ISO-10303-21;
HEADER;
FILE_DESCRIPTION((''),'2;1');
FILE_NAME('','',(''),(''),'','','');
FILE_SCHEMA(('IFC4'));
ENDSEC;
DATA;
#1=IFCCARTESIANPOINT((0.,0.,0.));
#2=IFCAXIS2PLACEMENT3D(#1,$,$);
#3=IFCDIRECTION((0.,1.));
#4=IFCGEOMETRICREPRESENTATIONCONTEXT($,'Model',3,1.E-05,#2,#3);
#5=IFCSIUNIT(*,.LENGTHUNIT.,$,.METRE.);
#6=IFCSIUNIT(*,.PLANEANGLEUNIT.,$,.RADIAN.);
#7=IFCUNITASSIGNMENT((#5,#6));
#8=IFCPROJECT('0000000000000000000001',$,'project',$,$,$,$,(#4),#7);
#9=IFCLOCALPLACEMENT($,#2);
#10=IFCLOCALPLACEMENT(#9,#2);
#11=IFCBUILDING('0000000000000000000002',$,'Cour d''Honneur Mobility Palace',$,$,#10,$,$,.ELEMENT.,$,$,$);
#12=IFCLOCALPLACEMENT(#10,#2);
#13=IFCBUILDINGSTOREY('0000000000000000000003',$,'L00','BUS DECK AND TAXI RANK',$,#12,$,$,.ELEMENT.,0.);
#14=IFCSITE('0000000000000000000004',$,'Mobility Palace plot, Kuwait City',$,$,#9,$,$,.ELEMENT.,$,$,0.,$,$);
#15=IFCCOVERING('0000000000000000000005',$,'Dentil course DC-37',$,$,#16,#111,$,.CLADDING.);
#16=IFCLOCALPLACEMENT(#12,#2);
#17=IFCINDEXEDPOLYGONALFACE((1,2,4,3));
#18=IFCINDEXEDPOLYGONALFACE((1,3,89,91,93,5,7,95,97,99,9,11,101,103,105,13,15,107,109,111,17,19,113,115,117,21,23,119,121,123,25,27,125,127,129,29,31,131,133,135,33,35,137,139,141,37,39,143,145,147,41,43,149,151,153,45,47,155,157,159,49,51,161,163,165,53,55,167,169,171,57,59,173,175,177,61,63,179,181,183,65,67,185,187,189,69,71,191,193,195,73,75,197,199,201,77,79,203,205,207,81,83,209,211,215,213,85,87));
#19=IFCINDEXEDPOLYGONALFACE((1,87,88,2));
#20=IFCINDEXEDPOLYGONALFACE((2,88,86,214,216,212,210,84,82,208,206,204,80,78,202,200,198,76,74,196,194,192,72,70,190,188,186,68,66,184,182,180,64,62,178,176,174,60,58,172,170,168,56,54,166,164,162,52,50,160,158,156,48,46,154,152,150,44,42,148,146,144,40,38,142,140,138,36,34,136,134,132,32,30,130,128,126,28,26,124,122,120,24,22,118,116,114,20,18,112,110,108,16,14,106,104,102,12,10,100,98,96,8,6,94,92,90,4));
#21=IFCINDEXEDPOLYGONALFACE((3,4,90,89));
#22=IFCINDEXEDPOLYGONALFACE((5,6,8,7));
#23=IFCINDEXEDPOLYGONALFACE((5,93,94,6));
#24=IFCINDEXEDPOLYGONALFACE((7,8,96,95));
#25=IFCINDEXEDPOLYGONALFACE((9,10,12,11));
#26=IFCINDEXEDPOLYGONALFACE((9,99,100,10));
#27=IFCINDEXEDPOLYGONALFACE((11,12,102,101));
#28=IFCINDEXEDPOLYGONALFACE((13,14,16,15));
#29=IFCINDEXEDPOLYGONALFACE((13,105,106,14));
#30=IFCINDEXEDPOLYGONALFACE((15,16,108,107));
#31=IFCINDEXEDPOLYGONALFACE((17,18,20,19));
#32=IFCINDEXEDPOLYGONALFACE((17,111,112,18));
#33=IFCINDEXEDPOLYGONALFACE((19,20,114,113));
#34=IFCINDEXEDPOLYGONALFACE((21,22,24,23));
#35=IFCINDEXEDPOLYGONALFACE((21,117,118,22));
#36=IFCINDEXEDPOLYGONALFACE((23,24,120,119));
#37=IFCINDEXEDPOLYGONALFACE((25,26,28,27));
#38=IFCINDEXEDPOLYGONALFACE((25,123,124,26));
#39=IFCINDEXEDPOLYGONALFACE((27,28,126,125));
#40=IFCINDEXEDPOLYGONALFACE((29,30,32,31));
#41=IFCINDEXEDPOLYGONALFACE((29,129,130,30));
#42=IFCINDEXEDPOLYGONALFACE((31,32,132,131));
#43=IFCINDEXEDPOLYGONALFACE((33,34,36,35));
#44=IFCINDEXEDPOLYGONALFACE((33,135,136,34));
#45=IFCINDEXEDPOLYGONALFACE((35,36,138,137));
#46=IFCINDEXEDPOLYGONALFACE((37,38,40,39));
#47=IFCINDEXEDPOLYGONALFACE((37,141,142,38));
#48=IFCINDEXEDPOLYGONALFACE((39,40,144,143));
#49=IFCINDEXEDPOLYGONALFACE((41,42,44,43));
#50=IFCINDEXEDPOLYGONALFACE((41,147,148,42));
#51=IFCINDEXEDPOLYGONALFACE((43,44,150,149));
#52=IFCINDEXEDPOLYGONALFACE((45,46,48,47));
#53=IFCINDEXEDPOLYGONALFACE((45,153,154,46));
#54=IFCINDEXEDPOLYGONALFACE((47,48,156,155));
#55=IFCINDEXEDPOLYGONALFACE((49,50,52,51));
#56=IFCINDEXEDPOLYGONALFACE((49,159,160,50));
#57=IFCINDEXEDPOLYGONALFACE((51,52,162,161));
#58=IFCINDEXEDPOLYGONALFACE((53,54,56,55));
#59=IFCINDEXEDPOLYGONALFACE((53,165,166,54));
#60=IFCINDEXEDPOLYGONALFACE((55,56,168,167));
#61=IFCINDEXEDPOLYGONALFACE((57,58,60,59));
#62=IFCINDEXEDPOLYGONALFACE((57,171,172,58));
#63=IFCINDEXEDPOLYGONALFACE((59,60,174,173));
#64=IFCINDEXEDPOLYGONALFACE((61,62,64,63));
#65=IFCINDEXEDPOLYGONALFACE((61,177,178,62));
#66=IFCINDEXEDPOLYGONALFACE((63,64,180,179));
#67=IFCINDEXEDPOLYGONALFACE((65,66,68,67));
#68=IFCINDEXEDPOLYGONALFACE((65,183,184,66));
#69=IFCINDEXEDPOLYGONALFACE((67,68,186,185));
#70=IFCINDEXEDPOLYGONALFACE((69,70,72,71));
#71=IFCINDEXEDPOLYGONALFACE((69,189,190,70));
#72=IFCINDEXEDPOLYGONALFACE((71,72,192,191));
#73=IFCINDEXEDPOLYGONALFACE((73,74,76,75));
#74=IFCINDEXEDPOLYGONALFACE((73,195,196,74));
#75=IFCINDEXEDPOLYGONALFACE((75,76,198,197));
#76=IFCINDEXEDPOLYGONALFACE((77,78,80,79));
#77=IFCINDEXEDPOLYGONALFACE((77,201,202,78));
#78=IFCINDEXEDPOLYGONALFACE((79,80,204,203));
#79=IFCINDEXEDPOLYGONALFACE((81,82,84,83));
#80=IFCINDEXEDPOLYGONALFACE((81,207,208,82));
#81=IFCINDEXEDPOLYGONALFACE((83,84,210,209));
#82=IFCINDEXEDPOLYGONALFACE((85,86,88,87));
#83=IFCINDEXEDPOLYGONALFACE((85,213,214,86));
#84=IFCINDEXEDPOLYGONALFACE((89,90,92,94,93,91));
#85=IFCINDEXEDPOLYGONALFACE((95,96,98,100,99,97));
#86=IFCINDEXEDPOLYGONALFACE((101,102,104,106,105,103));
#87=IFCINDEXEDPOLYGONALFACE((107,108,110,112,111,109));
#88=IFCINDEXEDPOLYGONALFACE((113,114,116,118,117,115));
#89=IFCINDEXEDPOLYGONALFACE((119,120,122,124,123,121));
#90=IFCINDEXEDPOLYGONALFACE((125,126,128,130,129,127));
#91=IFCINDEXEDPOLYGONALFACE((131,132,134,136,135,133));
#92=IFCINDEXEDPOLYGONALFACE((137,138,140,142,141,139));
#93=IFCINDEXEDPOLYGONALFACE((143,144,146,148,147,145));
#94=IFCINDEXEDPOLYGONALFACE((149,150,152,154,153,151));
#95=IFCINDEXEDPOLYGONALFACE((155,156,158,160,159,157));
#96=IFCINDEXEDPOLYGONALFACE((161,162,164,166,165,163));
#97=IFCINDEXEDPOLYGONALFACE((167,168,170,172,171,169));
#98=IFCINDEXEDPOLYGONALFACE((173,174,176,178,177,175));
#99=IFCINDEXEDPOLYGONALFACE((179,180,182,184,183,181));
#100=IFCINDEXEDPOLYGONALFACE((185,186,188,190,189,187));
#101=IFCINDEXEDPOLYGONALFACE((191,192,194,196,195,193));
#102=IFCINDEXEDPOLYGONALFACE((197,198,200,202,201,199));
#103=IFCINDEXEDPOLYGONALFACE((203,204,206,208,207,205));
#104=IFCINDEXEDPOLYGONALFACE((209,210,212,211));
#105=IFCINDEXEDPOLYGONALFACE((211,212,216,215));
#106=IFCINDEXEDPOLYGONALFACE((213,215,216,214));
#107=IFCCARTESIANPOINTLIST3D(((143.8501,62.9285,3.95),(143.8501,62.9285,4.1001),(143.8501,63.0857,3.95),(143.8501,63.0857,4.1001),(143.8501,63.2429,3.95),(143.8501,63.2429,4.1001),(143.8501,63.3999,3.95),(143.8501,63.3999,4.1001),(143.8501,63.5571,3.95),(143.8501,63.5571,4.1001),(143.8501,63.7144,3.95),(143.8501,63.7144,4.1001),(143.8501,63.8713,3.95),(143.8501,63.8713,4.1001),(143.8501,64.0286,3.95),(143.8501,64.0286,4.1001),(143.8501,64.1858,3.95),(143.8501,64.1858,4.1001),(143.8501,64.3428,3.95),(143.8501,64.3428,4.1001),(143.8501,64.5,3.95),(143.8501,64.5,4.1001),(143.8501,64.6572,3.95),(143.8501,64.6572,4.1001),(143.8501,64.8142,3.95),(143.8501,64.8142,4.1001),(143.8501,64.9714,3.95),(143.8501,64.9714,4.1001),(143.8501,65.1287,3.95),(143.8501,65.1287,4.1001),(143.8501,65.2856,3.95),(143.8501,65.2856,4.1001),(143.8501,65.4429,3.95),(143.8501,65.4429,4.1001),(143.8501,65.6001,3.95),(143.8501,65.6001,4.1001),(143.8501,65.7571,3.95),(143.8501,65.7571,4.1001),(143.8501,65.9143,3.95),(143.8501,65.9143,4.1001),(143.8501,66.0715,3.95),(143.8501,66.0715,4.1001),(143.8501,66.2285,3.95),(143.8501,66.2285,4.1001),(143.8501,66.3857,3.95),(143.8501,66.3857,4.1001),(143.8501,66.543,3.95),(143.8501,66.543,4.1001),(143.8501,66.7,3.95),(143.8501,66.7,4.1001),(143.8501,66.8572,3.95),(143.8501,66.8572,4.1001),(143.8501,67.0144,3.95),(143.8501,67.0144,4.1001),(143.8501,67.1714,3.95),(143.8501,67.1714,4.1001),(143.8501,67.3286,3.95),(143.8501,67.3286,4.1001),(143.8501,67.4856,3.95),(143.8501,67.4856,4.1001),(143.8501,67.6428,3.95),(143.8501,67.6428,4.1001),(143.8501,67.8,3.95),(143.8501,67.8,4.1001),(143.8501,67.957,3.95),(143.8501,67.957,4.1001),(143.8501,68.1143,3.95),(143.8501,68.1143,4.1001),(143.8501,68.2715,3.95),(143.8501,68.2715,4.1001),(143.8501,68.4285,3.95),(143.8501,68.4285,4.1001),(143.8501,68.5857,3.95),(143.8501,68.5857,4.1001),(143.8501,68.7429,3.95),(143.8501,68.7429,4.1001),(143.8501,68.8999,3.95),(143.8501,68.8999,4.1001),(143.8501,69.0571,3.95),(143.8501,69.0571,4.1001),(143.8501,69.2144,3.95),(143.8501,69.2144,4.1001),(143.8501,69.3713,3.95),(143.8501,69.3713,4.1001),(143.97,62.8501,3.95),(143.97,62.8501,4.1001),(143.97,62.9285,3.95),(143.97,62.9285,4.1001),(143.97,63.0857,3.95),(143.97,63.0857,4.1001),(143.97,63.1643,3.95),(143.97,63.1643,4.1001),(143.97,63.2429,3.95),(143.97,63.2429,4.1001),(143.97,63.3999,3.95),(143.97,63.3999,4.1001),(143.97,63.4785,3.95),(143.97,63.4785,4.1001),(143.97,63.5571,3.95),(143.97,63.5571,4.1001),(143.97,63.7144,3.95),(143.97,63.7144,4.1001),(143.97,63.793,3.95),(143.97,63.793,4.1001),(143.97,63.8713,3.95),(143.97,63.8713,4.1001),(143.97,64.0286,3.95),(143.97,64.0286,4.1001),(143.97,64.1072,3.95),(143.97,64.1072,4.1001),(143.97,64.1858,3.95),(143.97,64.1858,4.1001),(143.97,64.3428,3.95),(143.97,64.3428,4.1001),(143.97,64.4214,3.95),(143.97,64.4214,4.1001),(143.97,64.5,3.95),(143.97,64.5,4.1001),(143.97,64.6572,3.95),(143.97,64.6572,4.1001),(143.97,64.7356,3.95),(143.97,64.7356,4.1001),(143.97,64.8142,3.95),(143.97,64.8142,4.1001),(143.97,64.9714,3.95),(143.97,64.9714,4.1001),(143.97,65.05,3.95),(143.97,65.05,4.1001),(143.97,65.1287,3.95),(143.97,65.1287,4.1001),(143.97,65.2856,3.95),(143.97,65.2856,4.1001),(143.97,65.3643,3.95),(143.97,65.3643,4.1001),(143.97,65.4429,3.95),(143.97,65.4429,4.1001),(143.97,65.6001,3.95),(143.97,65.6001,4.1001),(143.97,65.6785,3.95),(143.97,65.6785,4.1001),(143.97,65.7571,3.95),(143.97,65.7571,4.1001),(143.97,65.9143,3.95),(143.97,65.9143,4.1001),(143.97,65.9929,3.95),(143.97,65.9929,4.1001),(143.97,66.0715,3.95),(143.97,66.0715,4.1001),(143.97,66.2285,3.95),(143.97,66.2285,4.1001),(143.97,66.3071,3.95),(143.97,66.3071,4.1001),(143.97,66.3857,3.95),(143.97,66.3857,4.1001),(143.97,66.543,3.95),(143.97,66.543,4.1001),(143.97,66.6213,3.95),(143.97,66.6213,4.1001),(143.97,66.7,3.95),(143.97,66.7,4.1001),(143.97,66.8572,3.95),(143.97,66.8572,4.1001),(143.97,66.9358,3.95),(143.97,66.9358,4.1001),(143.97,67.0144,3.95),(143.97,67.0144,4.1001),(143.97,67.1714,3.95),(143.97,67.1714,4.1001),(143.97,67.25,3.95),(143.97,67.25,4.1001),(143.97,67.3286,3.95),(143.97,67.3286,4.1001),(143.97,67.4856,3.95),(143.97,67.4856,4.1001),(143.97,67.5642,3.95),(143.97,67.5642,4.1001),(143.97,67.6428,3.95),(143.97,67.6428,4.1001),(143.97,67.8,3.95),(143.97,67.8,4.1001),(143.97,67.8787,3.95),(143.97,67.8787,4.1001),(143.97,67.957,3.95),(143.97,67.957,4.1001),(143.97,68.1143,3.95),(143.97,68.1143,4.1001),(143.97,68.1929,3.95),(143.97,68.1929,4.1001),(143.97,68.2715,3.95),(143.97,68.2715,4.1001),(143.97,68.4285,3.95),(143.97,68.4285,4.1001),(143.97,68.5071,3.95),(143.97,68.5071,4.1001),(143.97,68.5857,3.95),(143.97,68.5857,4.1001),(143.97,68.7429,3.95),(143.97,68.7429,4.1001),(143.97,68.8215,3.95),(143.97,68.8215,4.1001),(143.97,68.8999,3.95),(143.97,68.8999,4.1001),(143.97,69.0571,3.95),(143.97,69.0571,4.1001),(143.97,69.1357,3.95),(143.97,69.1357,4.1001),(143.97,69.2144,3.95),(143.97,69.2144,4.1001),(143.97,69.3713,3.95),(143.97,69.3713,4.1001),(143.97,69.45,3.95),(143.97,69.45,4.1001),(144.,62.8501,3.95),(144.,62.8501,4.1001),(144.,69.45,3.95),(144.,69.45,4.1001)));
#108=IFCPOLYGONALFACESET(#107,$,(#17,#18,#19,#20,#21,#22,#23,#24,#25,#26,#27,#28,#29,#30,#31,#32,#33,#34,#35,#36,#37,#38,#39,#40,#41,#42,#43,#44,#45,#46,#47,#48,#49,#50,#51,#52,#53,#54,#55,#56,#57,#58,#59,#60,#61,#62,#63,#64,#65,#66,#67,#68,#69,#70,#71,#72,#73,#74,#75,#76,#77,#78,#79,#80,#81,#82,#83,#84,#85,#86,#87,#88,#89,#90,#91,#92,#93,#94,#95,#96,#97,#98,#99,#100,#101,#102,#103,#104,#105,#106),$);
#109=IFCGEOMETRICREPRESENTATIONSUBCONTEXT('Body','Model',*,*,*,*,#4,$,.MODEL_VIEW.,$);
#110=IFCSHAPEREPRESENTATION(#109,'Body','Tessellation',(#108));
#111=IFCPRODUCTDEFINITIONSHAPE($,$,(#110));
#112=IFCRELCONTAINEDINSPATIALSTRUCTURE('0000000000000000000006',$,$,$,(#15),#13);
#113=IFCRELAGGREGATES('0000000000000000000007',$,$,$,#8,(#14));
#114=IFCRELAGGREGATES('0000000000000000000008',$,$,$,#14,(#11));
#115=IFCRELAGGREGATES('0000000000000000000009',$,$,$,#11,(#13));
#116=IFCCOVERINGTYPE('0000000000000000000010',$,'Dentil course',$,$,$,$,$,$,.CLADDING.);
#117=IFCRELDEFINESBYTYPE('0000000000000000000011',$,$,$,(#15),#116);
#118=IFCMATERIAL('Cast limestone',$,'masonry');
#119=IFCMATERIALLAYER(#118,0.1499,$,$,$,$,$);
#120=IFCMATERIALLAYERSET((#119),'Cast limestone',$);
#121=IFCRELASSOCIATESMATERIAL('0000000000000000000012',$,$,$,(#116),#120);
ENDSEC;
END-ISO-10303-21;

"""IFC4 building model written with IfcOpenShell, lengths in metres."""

from ifc_helpers import new_model, si_unit, direction, frame, origin, place, context, subcontext, project, spatial, polyline, outline, extrude, material, layer, layer_set, type_object, element, save


model = new_model("IFC4")

# Units and contexts
model_context = context("Model", 3, precision=1e-05, world=origin(), true_north=direction((0.0, 1.0)))
body_context = subcontext(model_context, "Body", "Model", "MODEL_VIEW")
ifc_project = project(units=[si_unit("LENGTHUNIT", "METRE"), si_unit("PLANEANGLEUNIT", "RADIAN")], contexts=[model_context])

# Site, building, storey
site_placement = place(None, origin())
site = spatial("IfcSite", under=ifc_project, at=site_placement, Name="Mobility Palace plot, Kuwait City", CompositionType="ELEMENT", RefElevation=0.0)
building_placement = place(site_placement, origin())
building = spatial("IfcBuilding", under=site, at=building_placement, Name="Cour d'Honneur Mobility Palace", CompositionType="ELEMENT")
storey_placement = place(building_placement, origin())
storey = spatial("IfcBuildingStorey", under=building, at=storey_placement, Name="L00", Description="BUS DECK AND TAXI RANK", CompositionType="ELEMENT", Elevation=0.0)

# Covering
ifc_material = material(Name="Cast limestone", Category="masonry")
ifc_layer = layer(ifc_material, 0.1499)
ifc_layer_set = layer_set([ifc_layer], Name="Cast limestone")
covering_type = type_object("IfcCoveringType", Name="Dentil course", PredefinedType="CLADDING", material=ifc_layer_set)
covering_1_placement = place(storey_placement, frame((0.0, 0.0, 3.95)))
element("IfcCovering", 1, at=covering_1_placement, inside=storey, type_object=covering_type, Name="Dentil course DC-37", PredefinedType="CLADDING", context=body_context, shape_type="SweptSolid", body=[
    extrude(outline(polyline([(144.0, 69.45), (144.0, 62.8501), (143.97, 62.8501), (143.97, 62.8501), (143.97, 62.9285), (143.8501, 62.9285), (143.8501, 63.0857), (143.97, 63.0857), (143.97, 63.1643), (143.97, 63.1643), (143.97, 63.2429), (143.8501, 63.2429), (143.8501, 63.3999), (143.97, 63.3999), (143.97, 63.4785), (143.97, 63.4785), (143.97, 63.5571), (143.8501, 63.5571), (143.8501, 63.7144), (143.97, 63.7144), (143.97, 63.793), (143.97, 63.793), (143.97, 63.8713), (143.8501, 63.8713), (143.8501, 64.0286), (143.97, 64.0286), (143.97, 64.1072), (143.97, 64.1072), (143.97, 64.1858), (143.8501, 64.1858), (143.8501, 64.3428), (143.97, 64.3428), (143.97, 64.4214), (143.97, 64.4214), (143.97, 64.5), (143.8501, 64.5), (143.8501, 64.6572), (143.97, 64.6572), (143.97, 64.7356), (143.97, 64.7356), (143.97, 64.8142), (143.8501, 64.8142), (143.8501, 64.9714), (143.97, 64.9714), (143.97, 65.05), (143.97, 65.05), (143.97, 65.1287), (143.8501, 65.1287), (143.8501, 65.2856), (143.97, 65.2856), (143.97, 65.3643), (143.97, 65.3643), (143.97, 65.4429), (143.8501, 65.4429), (143.8501, 65.6001), (143.97, 65.6001), (143.97, 65.6785), (143.97, 65.6785), (143.97, 65.7571), (143.8501, 65.7571), (143.8501, 65.9143), (143.97, 65.9143), (143.97, 65.9929), (143.97, 65.9929), (143.97, 66.0715), (143.8501, 66.0715), (143.8501, 66.2285), (143.97, 66.2285), (143.97, 66.3071), (143.97, 66.3071), (143.97, 66.3857), (143.8501, 66.3857), (143.8501, 66.543), (143.97, 66.543), (143.97, 66.6213), (143.97, 66.6213), (143.97, 66.7), (143.8501, 66.7), (143.8501, 66.8572), (143.97, 66.8572), (143.97, 66.9358), (143.97, 66.9358), (143.97, 67.0144), (143.8501, 67.0144), (143.8501, 67.1714), (143.97, 67.1714), (143.97, 67.25), (143.97, 67.25), (143.97, 67.3286), (143.8501, 67.3286), (143.8501, 67.4856), (143.97, 67.4856), (143.97, 67.5642), (143.97, 67.5642), (143.97, 67.6428), (143.8501, 67.6428), (143.8501, 67.8), (143.97, 67.8), (143.97, 67.8787), (143.97, 67.8787), (143.97, 67.957), (143.8501, 67.957), (143.8501, 68.1143), (143.97, 68.1143), (143.97, 68.1929), (143.97, 68.1929), (143.97, 68.2715), (143.8501, 68.2715), (143.8501, 68.4285), (143.97, 68.4285), (143.97, 68.5071), (143.97, 68.5071), (143.97, 68.5857), (143.8501, 68.5857), (143.8501, 68.7429), (143.97, 68.7429), (143.97, 68.8215), (143.97, 68.8215), (143.97, 68.8999), (143.8501, 68.8999), (143.8501, 69.0571), (143.97, 69.0571), (143.97, 69.1357), (143.97, 69.1357), (143.97, 69.2144), (143.8501, 69.2144), (143.8501, 69.3713), (143.97, 69.3713), (143.97, 69.45), (144.0, 69.45)])), origin(), (0.0, 0.0, 1.0), 0.1501),
])

save(model, "model.ifc")
